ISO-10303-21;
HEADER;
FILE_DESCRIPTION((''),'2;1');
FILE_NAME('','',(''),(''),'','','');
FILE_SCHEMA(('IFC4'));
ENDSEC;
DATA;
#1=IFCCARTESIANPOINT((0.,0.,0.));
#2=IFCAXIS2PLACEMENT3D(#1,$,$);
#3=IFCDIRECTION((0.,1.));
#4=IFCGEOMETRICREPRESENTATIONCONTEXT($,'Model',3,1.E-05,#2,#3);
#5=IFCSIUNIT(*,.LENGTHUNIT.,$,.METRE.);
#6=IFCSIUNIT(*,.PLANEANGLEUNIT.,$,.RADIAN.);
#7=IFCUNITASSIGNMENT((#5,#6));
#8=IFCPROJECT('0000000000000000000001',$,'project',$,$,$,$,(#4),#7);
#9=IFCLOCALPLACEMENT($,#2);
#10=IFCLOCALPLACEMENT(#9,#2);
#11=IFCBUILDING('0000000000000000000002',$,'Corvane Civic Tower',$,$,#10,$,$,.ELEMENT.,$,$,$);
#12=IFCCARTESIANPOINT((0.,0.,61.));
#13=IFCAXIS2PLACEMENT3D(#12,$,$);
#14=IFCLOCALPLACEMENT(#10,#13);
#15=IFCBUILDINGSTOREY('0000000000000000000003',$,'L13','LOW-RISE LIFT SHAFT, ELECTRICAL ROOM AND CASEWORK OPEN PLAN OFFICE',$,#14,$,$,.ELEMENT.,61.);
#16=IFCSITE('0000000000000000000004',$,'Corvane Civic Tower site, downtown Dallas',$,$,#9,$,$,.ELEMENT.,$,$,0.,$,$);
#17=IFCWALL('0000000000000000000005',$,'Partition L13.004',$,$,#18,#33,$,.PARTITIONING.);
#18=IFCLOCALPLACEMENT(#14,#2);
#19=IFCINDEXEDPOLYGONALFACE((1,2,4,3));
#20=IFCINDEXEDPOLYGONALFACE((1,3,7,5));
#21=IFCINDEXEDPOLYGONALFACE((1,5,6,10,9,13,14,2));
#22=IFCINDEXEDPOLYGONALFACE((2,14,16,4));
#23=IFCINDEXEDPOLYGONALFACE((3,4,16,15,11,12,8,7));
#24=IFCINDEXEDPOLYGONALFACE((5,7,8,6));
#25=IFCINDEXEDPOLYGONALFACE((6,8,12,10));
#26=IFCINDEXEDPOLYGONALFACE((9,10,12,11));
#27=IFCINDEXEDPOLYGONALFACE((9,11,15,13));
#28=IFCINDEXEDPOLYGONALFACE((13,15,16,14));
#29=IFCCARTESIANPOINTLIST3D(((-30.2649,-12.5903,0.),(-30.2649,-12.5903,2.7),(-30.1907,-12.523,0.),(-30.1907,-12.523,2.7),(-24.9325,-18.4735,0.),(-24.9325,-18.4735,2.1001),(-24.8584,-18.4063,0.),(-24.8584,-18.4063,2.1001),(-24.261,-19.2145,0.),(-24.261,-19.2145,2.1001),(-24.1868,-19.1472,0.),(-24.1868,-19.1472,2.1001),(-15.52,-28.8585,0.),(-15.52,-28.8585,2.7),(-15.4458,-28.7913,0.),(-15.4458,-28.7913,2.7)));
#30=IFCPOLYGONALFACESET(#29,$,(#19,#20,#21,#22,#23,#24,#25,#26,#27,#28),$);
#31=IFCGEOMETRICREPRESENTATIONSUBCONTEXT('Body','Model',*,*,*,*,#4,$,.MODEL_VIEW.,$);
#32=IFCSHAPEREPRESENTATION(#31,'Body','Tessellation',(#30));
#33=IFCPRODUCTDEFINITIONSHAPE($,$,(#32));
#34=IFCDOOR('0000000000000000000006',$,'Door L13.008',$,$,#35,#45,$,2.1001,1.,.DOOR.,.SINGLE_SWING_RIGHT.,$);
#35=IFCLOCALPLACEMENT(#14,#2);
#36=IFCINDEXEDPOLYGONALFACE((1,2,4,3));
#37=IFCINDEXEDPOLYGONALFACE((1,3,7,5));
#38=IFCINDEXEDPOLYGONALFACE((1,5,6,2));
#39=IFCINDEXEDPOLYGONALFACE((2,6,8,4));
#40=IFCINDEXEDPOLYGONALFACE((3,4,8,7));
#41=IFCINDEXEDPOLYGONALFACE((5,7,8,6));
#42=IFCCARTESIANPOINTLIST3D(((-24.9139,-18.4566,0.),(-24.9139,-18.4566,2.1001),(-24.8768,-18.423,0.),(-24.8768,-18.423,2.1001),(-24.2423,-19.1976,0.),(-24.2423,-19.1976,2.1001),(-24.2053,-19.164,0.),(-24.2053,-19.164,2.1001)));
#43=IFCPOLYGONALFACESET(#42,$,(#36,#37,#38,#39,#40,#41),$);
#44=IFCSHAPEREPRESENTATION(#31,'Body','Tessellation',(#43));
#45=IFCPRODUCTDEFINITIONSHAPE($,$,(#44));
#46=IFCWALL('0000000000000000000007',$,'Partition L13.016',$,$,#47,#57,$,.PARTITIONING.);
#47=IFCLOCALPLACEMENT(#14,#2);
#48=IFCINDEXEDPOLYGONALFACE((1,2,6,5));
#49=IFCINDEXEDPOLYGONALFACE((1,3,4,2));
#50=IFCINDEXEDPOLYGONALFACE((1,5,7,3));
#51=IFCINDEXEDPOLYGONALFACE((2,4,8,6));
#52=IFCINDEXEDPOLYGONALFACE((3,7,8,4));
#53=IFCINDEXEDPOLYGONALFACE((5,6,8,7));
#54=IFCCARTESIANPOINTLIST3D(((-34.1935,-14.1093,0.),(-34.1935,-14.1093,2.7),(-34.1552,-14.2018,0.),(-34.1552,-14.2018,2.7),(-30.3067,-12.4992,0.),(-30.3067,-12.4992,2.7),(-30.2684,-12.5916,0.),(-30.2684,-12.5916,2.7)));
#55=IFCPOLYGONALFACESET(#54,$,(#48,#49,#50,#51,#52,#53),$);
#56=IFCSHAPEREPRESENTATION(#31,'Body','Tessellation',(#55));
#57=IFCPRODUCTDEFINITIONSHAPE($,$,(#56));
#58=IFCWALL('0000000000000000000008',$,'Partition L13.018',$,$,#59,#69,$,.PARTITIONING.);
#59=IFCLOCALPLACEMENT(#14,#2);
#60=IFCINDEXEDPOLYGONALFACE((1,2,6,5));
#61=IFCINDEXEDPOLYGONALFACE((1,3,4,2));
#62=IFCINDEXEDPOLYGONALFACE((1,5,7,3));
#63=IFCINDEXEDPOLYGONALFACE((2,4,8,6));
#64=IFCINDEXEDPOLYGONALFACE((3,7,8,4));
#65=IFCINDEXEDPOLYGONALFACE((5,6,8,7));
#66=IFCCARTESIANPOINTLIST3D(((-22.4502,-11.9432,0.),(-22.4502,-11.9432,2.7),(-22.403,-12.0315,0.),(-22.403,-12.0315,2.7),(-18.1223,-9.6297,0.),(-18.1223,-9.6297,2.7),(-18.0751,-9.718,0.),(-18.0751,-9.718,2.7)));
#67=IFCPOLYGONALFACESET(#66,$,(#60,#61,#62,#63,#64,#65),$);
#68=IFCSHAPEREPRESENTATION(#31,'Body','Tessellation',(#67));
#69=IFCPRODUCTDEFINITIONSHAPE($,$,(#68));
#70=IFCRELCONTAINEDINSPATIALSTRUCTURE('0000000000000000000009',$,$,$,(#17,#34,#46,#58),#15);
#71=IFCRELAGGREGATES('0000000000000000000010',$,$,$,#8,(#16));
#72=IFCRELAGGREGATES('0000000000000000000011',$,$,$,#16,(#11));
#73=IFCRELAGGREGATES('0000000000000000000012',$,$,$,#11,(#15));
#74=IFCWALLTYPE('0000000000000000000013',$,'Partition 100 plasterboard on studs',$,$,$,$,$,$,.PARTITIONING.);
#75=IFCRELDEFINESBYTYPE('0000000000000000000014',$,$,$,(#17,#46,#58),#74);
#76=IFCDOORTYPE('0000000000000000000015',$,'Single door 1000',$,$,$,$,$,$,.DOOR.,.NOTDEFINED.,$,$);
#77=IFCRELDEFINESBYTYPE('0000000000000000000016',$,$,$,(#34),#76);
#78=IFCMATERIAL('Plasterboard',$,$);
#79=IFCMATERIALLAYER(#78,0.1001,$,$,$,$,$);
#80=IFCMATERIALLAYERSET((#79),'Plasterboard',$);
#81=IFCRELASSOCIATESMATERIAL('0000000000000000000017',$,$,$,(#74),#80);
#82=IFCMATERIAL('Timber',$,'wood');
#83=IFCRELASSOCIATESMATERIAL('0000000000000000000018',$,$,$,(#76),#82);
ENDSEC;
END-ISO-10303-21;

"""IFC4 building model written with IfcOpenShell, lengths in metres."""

from ifc_helpers import new_model, si_unit, direction, frame, frame_2d, origin, place, context, subcontext, project, spatial, rectangle, extrude, material, layer, layer_set, type_object, element, fill, save


model = new_model("IFC4")

# Units and contexts
model_context = context("Model", 3, precision=1e-05, world=origin(), true_north=direction((0.0, 1.0)))
body_context = subcontext(model_context, "Body", "Model", "MODEL_VIEW")
ifc_project = project(units=[si_unit("LENGTHUNIT", "METRE"), si_unit("PLANEANGLEUNIT", "RADIAN")], contexts=[model_context])

# Site, building, storey
site_placement = place(None, origin())
site = spatial("IfcSite", under=ifc_project, at=site_placement, Name="Corvane Civic Tower site, downtown Dallas", CompositionType="ELEMENT", RefElevation=0.0)
building_placement = place(site_placement, origin())
building = spatial("IfcBuilding", under=site, at=building_placement, Name="Corvane Civic Tower", CompositionType="ELEMENT")
storey_placement = place(building_placement, frame((0.0, 0.0, 61.0)))
storey = spatial("IfcBuildingStorey", under=building, at=storey_placement, Name="L13", Description="LOW-RISE LIFT SHAFT, ELECTRICAL ROOM AND CASEWORK OPEN PLAN OFFICE", CompositionType="ELEMENT", Elevation=61.0)

# Wall, opening, door
ifc_material_1 = material(Name="Plasterboard")
ifc_layer_1 = layer(ifc_material_1, 0.1001)
ifc_layer_set_1 = layer_set([ifc_layer_1], Name="Plasterboard")
wall_type_1 = type_object("IfcWallType", Name="Partition 100 plasterboard on studs", PredefinedType="PARTITIONING", material=ifc_layer_set_1)
wall_1_placement = place(storey_placement, frame((-30.2278, -12.5566, 0.0), z_axis=(0.0, 0.0, 1.0), x_axis=(0.671562, -0.740948, 0.0)))
wall_1 = element("IfcWall", 1, at=wall_1_placement, inside=storey, type_object=wall_type_1, Name="Partition L13.004", PredefinedType="PARTITIONING", context=body_context, shape_type="SweptSolid", body=[
    extrude(rectangle(XDim=21.9561, YDim=0.1001, at=frame_2d((10.978, 0.0))), origin(), (0.0, 0.0, 1.0), 2.7),
])
opening_placement = place(wall_1_placement, frame((7.9402, 0.0, 0.0)))
opening = element("IfcOpeningElement", 2, at=opening_placement, cuts=wall_1, PredefinedType="OPENING", context=body_context, shape_type="SweptSolid", body=[
    extrude(rectangle(XDim=1.0, YDim=2.1001, at=frame_2d((0.5, 1.05))), frame((0.0, 0.0601, 0.0), z_axis=(0.0, -1.0, 0.0), x_axis=(1.0, 0.0, 0.0)), (0.0, 0.0, 1.0), 0.1201),
])
ifc_material_2 = material(Name="Timber", Category="wood")
door_type = type_object("IfcDoorType", Name="Single door 1000", OperationType="NOTDEFINED", PredefinedType="DOOR", material=ifc_material_2)
door_placement = place(opening_placement, frame((1.0, 0.0, 0.0), z_axis=(0.0, 0.0, 1.0), x_axis=(-1.0, 0.0, 0.0)))
door = element("IfcDoor", 3, at=door_placement, inside=storey, type_object=door_type, Name="Door L13.008", OperationType="SINGLE_SWING_RIGHT", OverallHeight=2.1001, OverallWidth=1.0, PredefinedType="DOOR", context=body_context, shape_type="SweptSolid", body=[
    extrude(rectangle(XDim=1.0, YDim=2.1001, at=frame_2d((0.5, 1.05))), frame((0.0, 0.0249, 0.0), z_axis=(0.0, -1.0, 0.0), x_axis=(1.0, 0.0, 0.0)), (0.0, 0.0, 1.0), 0.05),
])
fill(opening, door)

# Walls
wall_2_placement = place(storey_placement, frame((-34.1743, -14.1555, 0.0), z_axis=(0.0, 0.0, 1.0), x_axis=(0.923865, 0.382719, 0.0)))
element("IfcWall", 4, at=wall_2_placement, inside=storey, type_object=wall_type_1, Name="Partition L13.016", PredefinedType="PARTITIONING", context=body_context, shape_type="SweptSolid", body=[
    extrude(rectangle(XDim=4.207, YDim=0.1001, at=frame_2d((2.1035, 0.0))), origin(), (0.0, 0.0, 1.0), 2.7),
])
wall_3_placement = place(storey_placement, frame((-22.4265, -11.9873, 0.0), z_axis=(0.0, 0.0, 1.0), x_axis=(0.881906, 0.471425, 0.0)))
element("IfcWall", 5, at=wall_3_placement, inside=storey, type_object=wall_type_1, Name="Partition L13.018", PredefinedType="PARTITIONING", context=body_context, shape_type="SweptSolid", body=[
    extrude(rectangle(XDim=4.9075, YDim=0.1001, at=frame_2d((2.4536, 0.0))), origin(), (0.0, 0.0, 1.0), 2.7),
])

save(model, "model.ifc")
